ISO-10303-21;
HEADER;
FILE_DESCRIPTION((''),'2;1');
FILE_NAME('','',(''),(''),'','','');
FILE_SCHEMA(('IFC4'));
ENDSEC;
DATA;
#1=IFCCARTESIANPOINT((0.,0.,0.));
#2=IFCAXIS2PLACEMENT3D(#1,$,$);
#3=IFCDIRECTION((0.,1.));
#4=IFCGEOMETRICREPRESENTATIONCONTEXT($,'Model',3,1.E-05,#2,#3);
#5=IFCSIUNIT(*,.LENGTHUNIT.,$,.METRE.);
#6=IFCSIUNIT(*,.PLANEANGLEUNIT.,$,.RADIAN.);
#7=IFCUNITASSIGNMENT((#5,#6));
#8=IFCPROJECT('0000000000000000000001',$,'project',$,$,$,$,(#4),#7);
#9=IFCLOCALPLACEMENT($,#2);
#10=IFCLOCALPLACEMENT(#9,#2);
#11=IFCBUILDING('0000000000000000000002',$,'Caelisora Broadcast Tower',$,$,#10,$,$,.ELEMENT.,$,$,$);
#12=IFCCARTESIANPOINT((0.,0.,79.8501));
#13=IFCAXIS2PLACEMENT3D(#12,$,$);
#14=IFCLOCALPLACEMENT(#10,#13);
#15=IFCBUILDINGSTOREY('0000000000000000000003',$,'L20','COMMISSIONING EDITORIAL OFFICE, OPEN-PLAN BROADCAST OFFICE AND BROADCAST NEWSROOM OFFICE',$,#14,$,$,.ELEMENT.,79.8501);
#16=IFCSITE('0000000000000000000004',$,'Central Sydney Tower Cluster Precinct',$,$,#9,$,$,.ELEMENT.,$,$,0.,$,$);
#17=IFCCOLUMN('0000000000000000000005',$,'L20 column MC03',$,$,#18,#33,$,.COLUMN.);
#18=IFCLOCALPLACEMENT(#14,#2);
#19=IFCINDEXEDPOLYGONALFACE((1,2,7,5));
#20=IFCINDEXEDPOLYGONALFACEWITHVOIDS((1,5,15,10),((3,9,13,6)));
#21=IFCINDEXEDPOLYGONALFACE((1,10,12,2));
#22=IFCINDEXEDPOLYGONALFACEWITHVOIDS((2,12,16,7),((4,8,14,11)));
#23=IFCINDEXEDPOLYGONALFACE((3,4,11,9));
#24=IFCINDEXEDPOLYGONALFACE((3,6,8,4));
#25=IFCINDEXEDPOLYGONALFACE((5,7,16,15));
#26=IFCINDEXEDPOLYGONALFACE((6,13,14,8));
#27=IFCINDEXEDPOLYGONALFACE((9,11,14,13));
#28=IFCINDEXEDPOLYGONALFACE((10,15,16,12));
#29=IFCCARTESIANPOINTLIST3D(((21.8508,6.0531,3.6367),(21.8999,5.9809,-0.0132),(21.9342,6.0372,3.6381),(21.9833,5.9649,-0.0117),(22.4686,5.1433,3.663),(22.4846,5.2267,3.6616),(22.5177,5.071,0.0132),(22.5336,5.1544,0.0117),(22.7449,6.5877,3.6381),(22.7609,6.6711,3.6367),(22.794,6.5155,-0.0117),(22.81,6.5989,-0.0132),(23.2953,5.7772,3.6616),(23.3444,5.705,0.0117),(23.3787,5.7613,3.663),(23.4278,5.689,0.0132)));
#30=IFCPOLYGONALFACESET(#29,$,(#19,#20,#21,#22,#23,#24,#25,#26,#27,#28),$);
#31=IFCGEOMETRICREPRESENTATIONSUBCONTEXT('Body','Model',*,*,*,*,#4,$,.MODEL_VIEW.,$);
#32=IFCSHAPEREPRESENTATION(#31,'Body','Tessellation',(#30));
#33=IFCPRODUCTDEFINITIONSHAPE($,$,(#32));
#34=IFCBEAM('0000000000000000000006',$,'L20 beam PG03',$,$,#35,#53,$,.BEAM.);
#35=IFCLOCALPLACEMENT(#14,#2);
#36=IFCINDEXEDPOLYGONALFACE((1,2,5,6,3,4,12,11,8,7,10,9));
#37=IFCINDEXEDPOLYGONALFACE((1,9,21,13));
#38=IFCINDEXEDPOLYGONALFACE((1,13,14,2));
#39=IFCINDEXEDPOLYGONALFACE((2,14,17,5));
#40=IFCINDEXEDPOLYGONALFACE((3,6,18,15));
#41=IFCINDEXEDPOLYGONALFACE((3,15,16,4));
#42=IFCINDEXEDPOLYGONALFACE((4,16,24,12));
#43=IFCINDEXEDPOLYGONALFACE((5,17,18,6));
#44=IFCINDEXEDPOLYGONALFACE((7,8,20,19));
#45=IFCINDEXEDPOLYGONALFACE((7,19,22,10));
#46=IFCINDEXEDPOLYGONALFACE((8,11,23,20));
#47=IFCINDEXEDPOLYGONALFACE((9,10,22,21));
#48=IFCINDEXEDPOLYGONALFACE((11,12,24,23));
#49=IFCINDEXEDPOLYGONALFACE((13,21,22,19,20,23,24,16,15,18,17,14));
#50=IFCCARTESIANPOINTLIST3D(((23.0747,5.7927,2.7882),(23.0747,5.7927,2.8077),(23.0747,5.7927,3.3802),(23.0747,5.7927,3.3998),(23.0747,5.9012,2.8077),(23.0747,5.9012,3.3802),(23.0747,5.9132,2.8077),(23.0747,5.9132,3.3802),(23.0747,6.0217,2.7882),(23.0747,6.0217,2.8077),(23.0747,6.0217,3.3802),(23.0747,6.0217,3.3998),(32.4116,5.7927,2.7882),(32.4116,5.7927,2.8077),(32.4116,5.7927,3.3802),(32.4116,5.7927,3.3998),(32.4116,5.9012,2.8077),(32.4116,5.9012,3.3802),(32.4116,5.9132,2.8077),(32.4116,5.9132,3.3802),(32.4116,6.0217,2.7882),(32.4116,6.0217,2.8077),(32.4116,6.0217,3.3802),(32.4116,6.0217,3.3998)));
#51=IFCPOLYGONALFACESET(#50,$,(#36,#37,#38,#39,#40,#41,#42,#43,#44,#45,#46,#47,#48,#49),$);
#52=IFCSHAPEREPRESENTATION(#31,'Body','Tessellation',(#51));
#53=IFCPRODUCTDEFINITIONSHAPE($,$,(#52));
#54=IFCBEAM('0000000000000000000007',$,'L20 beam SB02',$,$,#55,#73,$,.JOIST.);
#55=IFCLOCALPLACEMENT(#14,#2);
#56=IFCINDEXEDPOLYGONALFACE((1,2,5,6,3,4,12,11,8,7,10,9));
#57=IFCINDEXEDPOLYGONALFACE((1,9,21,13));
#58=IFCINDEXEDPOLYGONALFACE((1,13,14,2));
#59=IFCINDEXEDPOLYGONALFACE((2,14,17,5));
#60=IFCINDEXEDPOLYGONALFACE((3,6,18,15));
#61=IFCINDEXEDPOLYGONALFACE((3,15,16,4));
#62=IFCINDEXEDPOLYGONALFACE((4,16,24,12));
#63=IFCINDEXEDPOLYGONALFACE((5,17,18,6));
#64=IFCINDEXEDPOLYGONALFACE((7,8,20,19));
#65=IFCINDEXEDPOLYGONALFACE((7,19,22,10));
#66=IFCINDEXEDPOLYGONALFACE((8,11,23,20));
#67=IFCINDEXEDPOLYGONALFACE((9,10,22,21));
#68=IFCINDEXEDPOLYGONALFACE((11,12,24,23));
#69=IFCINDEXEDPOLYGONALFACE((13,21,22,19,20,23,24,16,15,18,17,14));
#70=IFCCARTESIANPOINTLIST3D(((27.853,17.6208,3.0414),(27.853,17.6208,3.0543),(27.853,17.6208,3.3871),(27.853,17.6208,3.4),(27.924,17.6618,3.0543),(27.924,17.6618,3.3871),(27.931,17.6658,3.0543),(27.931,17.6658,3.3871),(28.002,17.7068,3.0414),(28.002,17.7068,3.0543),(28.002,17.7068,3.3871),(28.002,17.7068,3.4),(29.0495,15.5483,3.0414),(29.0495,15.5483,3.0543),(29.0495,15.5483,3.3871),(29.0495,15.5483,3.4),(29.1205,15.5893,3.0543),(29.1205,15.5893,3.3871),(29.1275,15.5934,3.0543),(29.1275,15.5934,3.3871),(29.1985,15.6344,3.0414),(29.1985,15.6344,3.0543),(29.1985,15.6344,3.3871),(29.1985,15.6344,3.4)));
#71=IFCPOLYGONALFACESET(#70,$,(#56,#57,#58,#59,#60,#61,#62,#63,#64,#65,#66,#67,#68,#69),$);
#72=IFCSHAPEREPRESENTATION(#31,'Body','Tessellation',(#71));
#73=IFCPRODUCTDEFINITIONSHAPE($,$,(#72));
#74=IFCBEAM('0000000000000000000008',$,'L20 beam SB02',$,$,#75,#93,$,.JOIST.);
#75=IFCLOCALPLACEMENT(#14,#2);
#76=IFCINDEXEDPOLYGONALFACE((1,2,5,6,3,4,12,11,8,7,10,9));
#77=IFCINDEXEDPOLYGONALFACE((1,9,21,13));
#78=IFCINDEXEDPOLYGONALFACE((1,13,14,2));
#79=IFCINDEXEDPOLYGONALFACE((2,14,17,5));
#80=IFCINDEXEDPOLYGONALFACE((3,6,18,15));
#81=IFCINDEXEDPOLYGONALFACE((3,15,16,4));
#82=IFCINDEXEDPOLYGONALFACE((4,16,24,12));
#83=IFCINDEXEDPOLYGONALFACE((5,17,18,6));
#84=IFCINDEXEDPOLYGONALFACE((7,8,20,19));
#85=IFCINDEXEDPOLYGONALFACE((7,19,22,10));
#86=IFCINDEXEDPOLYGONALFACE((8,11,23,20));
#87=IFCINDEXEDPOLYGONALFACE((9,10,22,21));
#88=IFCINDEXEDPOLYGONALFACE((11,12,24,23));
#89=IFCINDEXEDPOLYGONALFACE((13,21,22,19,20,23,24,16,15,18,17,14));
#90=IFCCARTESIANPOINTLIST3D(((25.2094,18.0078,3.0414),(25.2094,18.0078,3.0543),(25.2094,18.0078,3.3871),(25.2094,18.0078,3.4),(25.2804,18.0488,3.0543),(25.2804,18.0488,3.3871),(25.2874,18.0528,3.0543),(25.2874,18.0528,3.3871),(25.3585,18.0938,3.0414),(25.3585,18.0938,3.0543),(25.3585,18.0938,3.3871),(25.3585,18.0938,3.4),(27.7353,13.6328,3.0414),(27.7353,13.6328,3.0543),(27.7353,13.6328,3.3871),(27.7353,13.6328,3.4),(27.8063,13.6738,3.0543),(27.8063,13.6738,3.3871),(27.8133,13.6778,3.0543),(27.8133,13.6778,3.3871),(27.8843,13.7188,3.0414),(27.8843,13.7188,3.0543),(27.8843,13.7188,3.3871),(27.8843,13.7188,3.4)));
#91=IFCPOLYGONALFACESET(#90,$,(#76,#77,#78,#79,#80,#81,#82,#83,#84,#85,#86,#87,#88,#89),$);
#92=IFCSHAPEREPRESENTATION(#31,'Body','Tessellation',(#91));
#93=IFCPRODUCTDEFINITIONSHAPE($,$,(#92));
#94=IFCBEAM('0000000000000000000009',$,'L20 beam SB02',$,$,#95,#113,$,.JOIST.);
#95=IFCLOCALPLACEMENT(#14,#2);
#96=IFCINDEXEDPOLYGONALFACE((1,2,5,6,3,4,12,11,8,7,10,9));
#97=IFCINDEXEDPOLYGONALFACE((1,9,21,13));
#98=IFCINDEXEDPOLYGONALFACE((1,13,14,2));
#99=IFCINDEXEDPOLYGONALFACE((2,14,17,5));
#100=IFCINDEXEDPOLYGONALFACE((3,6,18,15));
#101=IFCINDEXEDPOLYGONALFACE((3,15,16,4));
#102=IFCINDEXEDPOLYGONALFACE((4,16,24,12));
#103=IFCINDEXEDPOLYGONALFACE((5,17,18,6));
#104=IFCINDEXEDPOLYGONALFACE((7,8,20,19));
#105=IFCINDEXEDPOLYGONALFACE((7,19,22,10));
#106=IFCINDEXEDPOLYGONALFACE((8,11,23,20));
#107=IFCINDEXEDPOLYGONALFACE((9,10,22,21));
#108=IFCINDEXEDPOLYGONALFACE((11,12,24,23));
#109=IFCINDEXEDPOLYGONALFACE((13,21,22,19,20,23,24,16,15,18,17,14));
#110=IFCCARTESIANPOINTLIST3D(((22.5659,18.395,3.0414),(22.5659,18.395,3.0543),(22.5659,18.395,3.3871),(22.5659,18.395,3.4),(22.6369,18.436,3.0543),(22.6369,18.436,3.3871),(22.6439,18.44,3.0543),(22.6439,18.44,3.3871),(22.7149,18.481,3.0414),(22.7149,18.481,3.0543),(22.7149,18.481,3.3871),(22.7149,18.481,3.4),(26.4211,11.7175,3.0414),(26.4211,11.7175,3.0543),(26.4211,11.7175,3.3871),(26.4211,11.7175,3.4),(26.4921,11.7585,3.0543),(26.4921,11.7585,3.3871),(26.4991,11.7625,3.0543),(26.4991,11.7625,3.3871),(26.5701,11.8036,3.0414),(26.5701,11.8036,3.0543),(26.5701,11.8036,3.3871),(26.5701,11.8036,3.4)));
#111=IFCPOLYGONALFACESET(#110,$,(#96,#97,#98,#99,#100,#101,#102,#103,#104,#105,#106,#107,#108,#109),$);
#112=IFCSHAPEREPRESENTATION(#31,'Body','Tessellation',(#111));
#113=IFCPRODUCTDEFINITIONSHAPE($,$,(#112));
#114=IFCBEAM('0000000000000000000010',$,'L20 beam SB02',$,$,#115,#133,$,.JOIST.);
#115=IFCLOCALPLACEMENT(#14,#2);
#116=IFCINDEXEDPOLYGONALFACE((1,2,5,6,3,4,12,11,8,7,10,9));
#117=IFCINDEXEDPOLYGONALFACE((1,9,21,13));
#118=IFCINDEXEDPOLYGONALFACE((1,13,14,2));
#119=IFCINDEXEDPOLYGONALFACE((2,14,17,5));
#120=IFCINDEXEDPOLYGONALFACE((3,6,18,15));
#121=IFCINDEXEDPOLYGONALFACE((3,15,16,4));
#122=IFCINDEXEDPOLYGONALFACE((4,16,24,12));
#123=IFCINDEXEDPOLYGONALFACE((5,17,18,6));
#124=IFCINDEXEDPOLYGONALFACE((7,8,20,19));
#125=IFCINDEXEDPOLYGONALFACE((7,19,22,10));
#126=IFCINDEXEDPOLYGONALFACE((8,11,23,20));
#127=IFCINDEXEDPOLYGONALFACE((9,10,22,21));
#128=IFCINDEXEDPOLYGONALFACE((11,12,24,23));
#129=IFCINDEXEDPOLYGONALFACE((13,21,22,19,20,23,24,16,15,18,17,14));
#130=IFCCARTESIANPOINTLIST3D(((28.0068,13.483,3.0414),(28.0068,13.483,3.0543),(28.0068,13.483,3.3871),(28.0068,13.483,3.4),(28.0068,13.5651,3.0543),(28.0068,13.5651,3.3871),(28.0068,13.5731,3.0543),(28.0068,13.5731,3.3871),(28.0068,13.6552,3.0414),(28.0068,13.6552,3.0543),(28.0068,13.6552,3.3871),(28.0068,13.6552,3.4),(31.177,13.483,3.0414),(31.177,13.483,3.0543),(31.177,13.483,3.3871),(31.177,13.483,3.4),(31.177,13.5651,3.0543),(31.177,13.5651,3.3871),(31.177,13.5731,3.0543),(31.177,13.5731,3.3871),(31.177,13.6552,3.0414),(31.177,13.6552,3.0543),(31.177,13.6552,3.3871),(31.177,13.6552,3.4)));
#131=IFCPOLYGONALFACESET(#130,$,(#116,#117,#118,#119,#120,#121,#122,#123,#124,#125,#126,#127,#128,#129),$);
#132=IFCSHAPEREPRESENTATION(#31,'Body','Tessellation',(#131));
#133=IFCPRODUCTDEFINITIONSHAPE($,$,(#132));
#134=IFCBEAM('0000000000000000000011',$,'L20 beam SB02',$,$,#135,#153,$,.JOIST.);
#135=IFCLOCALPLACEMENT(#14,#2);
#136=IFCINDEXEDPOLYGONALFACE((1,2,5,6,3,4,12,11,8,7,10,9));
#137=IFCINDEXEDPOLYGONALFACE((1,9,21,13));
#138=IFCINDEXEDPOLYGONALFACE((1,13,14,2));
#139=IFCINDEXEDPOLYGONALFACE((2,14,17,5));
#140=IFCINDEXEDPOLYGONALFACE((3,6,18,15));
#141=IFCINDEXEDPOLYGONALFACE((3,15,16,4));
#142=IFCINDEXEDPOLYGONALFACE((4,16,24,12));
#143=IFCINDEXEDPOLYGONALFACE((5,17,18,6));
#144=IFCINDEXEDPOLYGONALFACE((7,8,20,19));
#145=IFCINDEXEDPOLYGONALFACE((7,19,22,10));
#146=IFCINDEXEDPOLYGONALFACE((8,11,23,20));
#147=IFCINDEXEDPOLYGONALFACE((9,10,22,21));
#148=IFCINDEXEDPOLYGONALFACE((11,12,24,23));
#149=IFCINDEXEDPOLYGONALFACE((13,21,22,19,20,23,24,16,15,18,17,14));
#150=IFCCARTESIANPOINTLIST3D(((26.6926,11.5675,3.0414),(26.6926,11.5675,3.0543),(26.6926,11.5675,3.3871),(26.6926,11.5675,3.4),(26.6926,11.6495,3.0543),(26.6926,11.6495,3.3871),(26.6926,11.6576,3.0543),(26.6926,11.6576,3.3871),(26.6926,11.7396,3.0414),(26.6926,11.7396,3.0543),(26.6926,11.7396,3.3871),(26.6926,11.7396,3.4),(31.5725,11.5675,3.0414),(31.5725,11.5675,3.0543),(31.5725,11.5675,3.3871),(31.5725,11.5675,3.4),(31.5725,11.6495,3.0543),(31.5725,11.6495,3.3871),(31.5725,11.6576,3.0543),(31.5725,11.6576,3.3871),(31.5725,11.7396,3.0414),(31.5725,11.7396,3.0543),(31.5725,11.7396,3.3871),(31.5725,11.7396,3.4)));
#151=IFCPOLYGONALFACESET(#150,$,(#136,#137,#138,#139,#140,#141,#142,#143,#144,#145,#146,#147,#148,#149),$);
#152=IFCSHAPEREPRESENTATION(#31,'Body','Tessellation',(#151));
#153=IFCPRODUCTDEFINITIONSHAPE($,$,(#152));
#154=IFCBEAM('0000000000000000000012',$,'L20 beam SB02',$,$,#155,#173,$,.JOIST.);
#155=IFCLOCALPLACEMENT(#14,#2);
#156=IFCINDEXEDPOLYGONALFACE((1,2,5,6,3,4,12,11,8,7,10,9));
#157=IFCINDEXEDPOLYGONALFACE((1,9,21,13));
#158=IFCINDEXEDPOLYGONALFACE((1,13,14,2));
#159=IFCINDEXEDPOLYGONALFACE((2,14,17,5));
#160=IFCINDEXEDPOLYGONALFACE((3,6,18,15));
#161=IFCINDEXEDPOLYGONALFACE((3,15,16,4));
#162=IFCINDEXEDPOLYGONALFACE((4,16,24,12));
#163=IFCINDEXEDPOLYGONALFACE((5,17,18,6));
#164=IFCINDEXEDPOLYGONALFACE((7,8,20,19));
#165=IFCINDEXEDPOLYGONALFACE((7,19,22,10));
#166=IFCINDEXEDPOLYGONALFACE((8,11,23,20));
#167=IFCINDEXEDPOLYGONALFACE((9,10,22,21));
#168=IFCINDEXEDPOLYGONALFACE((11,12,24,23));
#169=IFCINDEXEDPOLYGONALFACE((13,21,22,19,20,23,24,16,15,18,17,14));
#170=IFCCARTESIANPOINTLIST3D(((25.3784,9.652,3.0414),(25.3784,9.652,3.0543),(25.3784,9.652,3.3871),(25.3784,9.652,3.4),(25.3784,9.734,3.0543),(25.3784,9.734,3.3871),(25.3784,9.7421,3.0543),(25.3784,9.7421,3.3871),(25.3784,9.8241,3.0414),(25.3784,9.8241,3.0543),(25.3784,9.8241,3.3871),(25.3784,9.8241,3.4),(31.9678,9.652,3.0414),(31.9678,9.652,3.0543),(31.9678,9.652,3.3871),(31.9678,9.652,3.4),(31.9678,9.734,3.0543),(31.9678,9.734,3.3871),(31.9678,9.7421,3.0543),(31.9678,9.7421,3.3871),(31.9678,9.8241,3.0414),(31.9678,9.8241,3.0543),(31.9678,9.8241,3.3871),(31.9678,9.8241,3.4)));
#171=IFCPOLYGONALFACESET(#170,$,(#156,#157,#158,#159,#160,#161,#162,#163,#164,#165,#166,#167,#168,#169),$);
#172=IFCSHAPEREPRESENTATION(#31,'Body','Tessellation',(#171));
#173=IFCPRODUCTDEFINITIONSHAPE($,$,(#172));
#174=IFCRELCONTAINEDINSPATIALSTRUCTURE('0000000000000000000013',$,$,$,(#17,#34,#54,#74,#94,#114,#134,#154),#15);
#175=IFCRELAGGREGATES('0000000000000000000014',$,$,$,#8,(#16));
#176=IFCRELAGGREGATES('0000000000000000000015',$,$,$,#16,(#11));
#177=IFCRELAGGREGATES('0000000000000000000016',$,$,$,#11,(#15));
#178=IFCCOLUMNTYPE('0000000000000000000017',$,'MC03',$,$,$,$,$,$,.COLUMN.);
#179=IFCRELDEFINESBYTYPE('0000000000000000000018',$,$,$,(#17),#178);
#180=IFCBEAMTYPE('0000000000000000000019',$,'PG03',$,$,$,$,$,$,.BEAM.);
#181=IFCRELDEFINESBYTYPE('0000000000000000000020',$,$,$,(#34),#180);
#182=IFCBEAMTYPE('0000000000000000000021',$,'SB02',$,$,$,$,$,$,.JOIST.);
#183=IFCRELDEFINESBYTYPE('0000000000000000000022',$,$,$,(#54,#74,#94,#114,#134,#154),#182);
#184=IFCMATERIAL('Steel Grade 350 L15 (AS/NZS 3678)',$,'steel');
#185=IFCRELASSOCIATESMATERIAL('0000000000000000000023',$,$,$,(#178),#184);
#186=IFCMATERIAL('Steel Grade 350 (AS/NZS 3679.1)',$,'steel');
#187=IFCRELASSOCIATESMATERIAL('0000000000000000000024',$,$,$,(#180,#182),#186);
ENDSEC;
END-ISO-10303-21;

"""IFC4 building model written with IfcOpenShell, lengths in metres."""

from ifc_helpers import new_model, si_unit, direction, frame, origin, origin_2d, place, context, subcontext, project, spatial, hollow_rectangle, i_section, extrude, source, transform, mapped, material, material_profile, profile_set, type_object, type_shapes, element, save


model = new_model("IFC4")

# Units and contexts
model_context = context("Model", 3, precision=1e-05, world=origin(), true_north=direction((0.0, 1.0)))
body_context = subcontext(model_context, "Body", "Model", "MODEL_VIEW")
ifc_project = project(units=[si_unit("LENGTHUNIT", "METRE"), si_unit("PLANEANGLEUNIT", "RADIAN")], contexts=[model_context])

# Site, building, storey
site_placement = place(None, origin())
site = spatial("IfcSite", under=ifc_project, at=site_placement, Name="Central Sydney Tower Cluster Precinct", CompositionType="ELEMENT", RefElevation=0.0)
building_placement = place(site_placement, origin())
building = spatial("IfcBuilding", under=site, at=building_placement, Name="Caelisora Broadcast Tower", CompositionType="ELEMENT")
storey_placement = place(building_placement, frame((0.0, 0.0, 79.8501)))
storey = spatial("IfcBuildingStorey", under=building, at=storey_placement, Name="L20", Description="COMMISSIONING EDITORIAL OFFICE, OPEN-PLAN BROADCAST OFFICE AND BROADCAST NEWSROOM OFFICE", CompositionType="ELEMENT", Elevation=79.8501)

# Column
ifc_material_1 = material(Name="Steel Grade 350 L15 (AS/NZS 3678)", Category="steel")
ifc_material_profile_1 = material_profile(ifc_material_1, hollow_rectangle(XDim=1.1001, YDim=1.1001, WallThickness=0.0601, at=origin_2d()), Name="Steel Grade 350 L15 (AS/NZS 3678)")
ifc_profile_set_1 = profile_set([ifc_material_profile_1], Name="Steel Grade 350 L15 (AS/NZS 3678)")
column_type = type_object("IfcColumnType", Name="MC03", PredefinedType="COLUMN", material=ifc_profile_set_1)
shared_shape_1 = source(origin(), body_context, "Body", "SweptSolid", [
    extrude(hollow_rectangle(XDim=1.1001, YDim=1.1001, WallThickness=0.0601, at=origin_2d()), origin(), (0.0, 0.0, 1.0), 3.6509),
])
type_shapes(column_type, [shared_shape_1])
column_placement = place(storey_placement, frame((22.6638, 5.835, 0.0), z_axis=(-0.013441, 0.019794, 0.999714), x_axis=(-0.82729, -0.561775, 0.0)))
element("IfcColumn", 1, at=column_placement, inside=storey, type_object=column_type, Name="L20 column MC03", PredefinedType="COLUMN", context=body_context, shape_type="MappedRepresentation", body=[
    mapped(shared_shape_1, transform((0.0, 0.0, 0.0), scale=1.0)),
])

# Beams
ifc_material_2 = material(Name="Steel Grade 350 (AS/NZS 3679.1)", Category="steel")
ifc_material_profile_2 = material_profile(ifc_material_2, i_section(OverallWidth=0.229, OverallDepth=0.6116, WebThickness=0.012, FlangeThickness=0.0195, at=origin_2d()), Name="Steel Grade 350 (AS/NZS 3679.1)")
ifc_profile_set_2 = profile_set([ifc_material_profile_2], Name="Steel Grade 350 (AS/NZS 3679.1)")
beam_type_1 = type_object("IfcBeamType", Name="PG03", PredefinedType="BEAM", material=ifc_profile_set_2)
shared_shape_2 = source(origin(), body_context, "Body", "SweptSolid", [
    extrude(i_section(OverallWidth=0.229, OverallDepth=0.6116, WebThickness=0.012, FlangeThickness=0.0195, at=origin_2d()), origin(), (0.0, 0.0, 1.0), 9.3369),
])
type_shapes(beam_type_1, [shared_shape_2])
beam_1_placement = place(storey_placement, frame((23.0747, 5.9072, 3.094), z_axis=(1.0, 0.0, 0.0), x_axis=(0.0, 1.0, 0.0)))
element("IfcBeam", 2, at=beam_1_placement, inside=storey, type_object=beam_type_1, Name="L20 beam PG03", PredefinedType="BEAM", context=body_context, shape_type="MappedRepresentation", body=[
    mapped(shared_shape_2, transform((0.0, 0.0, 0.0), scale=1.0)),
])
ifc_material_profile_3 = material_profile(ifc_material_2, i_section(OverallWidth=0.1721, OverallDepth=0.3586, WebThickness=0.0081, FlangeThickness=0.0129, at=origin_2d()), Name="Steel Grade 350 (AS/NZS 3679.1)")
ifc_profile_set_3 = profile_set([ifc_material_profile_3], Name="Steel Grade 350 (AS/NZS 3679.1)")
beam_type_2 = type_object("IfcBeamType", Name="SB02", PredefinedType="JOIST", material=ifc_profile_set_3)
shared_shape_3 = source(origin(), body_context, "Body", "SweptSolid", [
    extrude(i_section(OverallWidth=0.1721, OverallDepth=0.3586, WebThickness=0.0081, FlangeThickness=0.0129, at=origin_2d()), origin(), (0.0, 0.0, 1.0), 2.3931),
])
beam_2_placement = place(storey_placement, frame((27.9275, 17.6638, 3.2207), z_axis=(0.49999, -0.866031, 0.0), x_axis=(0.866031, 0.49999, 0.0)))
element("IfcBeam", 3, at=beam_2_placement, inside=storey, type_object=beam_type_2, Name="L20 beam SB02", PredefinedType="JOIST", context=body_context, shape_type="MappedRepresentation", body=[
    mapped(shared_shape_3, transform((0.0, 0.0, 0.0), scale=1.0)),
])
shared_shape_4 = source(origin(), body_context, "Body", "SweptSolid", [
    extrude(i_section(OverallWidth=0.1721, OverallDepth=0.3586, WebThickness=0.0081, FlangeThickness=0.0129, at=origin_2d()), origin(), (0.0, 0.0, 1.0), 5.0518),
])
beam_3_placement = place(storey_placement, frame((25.2839, 18.0508, 3.2207), z_axis=(0.499996, -0.866028, 0.0), x_axis=(0.866028, 0.499996, 0.0)))
element("IfcBeam", 4, at=beam_3_placement, inside=storey, type_object=beam_type_2, Name="L20 beam SB02", PredefinedType="JOIST", context=body_context, shape_type="MappedRepresentation", body=[
    mapped(shared_shape_4, transform((0.0, 0.0, 0.0), scale=1.0)),
])
shared_shape_5 = source(origin(), body_context, "Body", "SweptSolid", [
    extrude(i_section(OverallWidth=0.1721, OverallDepth=0.3586, WebThickness=0.0081, FlangeThickness=0.0129, at=origin_2d()), origin(), (0.0, 0.0, 1.0), 7.7104),
])
beam_4_placement = place(storey_placement, frame((22.6404, 18.438, 3.2207), z_axis=(0.499997, -0.866027, 0.0), x_axis=(0.866027, 0.499997, 0.0)))
element("IfcBeam", 5, at=beam_4_placement, inside=storey, type_object=beam_type_2, Name="L20 beam SB02", PredefinedType="JOIST", context=body_context, shape_type="MappedRepresentation", body=[
    mapped(shared_shape_5, transform((0.0, 0.0, 0.0), scale=1.0)),
])
shared_shape_6 = source(origin(), body_context, "Body", "SweptSolid", [
    extrude(i_section(OverallWidth=0.1721, OverallDepth=0.3586, WebThickness=0.0081, FlangeThickness=0.0129, at=origin_2d()), origin(), (0.0, 0.0, 1.0), 3.1702),
])
beam_5_placement = place(storey_placement, frame((28.0068, 13.5691, 3.2207), z_axis=(1.0, 0.0, 0.0), x_axis=(0.0, 1.0, 0.0)))
element("IfcBeam", 6, at=beam_5_placement, inside=storey, type_object=beam_type_2, Name="L20 beam SB02", PredefinedType="JOIST", context=body_context, shape_type="MappedRepresentation", body=[
    mapped(shared_shape_6, transform((0.0, 0.0, 0.0), scale=1.0)),
])
shared_shape_7 = source(origin(), body_context, "Body", "SweptSolid", [
    extrude(i_section(OverallWidth=0.1721, OverallDepth=0.3586, WebThickness=0.0081, FlangeThickness=0.0129, at=origin_2d()), origin(), (0.0, 0.0, 1.0), 4.8799),
])
beam_6_placement = place(storey_placement, frame((26.6926, 11.6536, 3.2207), z_axis=(1.0, 0.0, 0.0), x_axis=(0.0, 1.0, 0.0)))
element("IfcBeam", 7, at=beam_6_placement, inside=storey, type_object=beam_type_2, Name="L20 beam SB02", PredefinedType="JOIST", context=body_context, shape_type="MappedRepresentation", body=[
    mapped(shared_shape_7, transform((0.0, 0.0, 0.0), scale=1.0)),
])
shared_shape_8 = source(origin(), body_context, "Body", "SweptSolid", [
    extrude(i_section(OverallWidth=0.1721, OverallDepth=0.3586, WebThickness=0.0081, FlangeThickness=0.0129, at=origin_2d()), origin(), (0.0, 0.0, 1.0), 6.5894),
])
beam_7_placement = place(storey_placement, frame((25.3784, 9.738, 3.2207), z_axis=(1.0, 0.0, 0.0), x_axis=(0.0, 1.0, 0.0)))
element("IfcBeam", 8, at=beam_7_placement, inside=storey, type_object=beam_type_2, Name="L20 beam SB02", PredefinedType="JOIST", context=body_context, shape_type="MappedRepresentation", body=[
    mapped(shared_shape_8, transform((0.0, 0.0, 0.0), scale=1.0)),
])

save(model, "model.ifc")
